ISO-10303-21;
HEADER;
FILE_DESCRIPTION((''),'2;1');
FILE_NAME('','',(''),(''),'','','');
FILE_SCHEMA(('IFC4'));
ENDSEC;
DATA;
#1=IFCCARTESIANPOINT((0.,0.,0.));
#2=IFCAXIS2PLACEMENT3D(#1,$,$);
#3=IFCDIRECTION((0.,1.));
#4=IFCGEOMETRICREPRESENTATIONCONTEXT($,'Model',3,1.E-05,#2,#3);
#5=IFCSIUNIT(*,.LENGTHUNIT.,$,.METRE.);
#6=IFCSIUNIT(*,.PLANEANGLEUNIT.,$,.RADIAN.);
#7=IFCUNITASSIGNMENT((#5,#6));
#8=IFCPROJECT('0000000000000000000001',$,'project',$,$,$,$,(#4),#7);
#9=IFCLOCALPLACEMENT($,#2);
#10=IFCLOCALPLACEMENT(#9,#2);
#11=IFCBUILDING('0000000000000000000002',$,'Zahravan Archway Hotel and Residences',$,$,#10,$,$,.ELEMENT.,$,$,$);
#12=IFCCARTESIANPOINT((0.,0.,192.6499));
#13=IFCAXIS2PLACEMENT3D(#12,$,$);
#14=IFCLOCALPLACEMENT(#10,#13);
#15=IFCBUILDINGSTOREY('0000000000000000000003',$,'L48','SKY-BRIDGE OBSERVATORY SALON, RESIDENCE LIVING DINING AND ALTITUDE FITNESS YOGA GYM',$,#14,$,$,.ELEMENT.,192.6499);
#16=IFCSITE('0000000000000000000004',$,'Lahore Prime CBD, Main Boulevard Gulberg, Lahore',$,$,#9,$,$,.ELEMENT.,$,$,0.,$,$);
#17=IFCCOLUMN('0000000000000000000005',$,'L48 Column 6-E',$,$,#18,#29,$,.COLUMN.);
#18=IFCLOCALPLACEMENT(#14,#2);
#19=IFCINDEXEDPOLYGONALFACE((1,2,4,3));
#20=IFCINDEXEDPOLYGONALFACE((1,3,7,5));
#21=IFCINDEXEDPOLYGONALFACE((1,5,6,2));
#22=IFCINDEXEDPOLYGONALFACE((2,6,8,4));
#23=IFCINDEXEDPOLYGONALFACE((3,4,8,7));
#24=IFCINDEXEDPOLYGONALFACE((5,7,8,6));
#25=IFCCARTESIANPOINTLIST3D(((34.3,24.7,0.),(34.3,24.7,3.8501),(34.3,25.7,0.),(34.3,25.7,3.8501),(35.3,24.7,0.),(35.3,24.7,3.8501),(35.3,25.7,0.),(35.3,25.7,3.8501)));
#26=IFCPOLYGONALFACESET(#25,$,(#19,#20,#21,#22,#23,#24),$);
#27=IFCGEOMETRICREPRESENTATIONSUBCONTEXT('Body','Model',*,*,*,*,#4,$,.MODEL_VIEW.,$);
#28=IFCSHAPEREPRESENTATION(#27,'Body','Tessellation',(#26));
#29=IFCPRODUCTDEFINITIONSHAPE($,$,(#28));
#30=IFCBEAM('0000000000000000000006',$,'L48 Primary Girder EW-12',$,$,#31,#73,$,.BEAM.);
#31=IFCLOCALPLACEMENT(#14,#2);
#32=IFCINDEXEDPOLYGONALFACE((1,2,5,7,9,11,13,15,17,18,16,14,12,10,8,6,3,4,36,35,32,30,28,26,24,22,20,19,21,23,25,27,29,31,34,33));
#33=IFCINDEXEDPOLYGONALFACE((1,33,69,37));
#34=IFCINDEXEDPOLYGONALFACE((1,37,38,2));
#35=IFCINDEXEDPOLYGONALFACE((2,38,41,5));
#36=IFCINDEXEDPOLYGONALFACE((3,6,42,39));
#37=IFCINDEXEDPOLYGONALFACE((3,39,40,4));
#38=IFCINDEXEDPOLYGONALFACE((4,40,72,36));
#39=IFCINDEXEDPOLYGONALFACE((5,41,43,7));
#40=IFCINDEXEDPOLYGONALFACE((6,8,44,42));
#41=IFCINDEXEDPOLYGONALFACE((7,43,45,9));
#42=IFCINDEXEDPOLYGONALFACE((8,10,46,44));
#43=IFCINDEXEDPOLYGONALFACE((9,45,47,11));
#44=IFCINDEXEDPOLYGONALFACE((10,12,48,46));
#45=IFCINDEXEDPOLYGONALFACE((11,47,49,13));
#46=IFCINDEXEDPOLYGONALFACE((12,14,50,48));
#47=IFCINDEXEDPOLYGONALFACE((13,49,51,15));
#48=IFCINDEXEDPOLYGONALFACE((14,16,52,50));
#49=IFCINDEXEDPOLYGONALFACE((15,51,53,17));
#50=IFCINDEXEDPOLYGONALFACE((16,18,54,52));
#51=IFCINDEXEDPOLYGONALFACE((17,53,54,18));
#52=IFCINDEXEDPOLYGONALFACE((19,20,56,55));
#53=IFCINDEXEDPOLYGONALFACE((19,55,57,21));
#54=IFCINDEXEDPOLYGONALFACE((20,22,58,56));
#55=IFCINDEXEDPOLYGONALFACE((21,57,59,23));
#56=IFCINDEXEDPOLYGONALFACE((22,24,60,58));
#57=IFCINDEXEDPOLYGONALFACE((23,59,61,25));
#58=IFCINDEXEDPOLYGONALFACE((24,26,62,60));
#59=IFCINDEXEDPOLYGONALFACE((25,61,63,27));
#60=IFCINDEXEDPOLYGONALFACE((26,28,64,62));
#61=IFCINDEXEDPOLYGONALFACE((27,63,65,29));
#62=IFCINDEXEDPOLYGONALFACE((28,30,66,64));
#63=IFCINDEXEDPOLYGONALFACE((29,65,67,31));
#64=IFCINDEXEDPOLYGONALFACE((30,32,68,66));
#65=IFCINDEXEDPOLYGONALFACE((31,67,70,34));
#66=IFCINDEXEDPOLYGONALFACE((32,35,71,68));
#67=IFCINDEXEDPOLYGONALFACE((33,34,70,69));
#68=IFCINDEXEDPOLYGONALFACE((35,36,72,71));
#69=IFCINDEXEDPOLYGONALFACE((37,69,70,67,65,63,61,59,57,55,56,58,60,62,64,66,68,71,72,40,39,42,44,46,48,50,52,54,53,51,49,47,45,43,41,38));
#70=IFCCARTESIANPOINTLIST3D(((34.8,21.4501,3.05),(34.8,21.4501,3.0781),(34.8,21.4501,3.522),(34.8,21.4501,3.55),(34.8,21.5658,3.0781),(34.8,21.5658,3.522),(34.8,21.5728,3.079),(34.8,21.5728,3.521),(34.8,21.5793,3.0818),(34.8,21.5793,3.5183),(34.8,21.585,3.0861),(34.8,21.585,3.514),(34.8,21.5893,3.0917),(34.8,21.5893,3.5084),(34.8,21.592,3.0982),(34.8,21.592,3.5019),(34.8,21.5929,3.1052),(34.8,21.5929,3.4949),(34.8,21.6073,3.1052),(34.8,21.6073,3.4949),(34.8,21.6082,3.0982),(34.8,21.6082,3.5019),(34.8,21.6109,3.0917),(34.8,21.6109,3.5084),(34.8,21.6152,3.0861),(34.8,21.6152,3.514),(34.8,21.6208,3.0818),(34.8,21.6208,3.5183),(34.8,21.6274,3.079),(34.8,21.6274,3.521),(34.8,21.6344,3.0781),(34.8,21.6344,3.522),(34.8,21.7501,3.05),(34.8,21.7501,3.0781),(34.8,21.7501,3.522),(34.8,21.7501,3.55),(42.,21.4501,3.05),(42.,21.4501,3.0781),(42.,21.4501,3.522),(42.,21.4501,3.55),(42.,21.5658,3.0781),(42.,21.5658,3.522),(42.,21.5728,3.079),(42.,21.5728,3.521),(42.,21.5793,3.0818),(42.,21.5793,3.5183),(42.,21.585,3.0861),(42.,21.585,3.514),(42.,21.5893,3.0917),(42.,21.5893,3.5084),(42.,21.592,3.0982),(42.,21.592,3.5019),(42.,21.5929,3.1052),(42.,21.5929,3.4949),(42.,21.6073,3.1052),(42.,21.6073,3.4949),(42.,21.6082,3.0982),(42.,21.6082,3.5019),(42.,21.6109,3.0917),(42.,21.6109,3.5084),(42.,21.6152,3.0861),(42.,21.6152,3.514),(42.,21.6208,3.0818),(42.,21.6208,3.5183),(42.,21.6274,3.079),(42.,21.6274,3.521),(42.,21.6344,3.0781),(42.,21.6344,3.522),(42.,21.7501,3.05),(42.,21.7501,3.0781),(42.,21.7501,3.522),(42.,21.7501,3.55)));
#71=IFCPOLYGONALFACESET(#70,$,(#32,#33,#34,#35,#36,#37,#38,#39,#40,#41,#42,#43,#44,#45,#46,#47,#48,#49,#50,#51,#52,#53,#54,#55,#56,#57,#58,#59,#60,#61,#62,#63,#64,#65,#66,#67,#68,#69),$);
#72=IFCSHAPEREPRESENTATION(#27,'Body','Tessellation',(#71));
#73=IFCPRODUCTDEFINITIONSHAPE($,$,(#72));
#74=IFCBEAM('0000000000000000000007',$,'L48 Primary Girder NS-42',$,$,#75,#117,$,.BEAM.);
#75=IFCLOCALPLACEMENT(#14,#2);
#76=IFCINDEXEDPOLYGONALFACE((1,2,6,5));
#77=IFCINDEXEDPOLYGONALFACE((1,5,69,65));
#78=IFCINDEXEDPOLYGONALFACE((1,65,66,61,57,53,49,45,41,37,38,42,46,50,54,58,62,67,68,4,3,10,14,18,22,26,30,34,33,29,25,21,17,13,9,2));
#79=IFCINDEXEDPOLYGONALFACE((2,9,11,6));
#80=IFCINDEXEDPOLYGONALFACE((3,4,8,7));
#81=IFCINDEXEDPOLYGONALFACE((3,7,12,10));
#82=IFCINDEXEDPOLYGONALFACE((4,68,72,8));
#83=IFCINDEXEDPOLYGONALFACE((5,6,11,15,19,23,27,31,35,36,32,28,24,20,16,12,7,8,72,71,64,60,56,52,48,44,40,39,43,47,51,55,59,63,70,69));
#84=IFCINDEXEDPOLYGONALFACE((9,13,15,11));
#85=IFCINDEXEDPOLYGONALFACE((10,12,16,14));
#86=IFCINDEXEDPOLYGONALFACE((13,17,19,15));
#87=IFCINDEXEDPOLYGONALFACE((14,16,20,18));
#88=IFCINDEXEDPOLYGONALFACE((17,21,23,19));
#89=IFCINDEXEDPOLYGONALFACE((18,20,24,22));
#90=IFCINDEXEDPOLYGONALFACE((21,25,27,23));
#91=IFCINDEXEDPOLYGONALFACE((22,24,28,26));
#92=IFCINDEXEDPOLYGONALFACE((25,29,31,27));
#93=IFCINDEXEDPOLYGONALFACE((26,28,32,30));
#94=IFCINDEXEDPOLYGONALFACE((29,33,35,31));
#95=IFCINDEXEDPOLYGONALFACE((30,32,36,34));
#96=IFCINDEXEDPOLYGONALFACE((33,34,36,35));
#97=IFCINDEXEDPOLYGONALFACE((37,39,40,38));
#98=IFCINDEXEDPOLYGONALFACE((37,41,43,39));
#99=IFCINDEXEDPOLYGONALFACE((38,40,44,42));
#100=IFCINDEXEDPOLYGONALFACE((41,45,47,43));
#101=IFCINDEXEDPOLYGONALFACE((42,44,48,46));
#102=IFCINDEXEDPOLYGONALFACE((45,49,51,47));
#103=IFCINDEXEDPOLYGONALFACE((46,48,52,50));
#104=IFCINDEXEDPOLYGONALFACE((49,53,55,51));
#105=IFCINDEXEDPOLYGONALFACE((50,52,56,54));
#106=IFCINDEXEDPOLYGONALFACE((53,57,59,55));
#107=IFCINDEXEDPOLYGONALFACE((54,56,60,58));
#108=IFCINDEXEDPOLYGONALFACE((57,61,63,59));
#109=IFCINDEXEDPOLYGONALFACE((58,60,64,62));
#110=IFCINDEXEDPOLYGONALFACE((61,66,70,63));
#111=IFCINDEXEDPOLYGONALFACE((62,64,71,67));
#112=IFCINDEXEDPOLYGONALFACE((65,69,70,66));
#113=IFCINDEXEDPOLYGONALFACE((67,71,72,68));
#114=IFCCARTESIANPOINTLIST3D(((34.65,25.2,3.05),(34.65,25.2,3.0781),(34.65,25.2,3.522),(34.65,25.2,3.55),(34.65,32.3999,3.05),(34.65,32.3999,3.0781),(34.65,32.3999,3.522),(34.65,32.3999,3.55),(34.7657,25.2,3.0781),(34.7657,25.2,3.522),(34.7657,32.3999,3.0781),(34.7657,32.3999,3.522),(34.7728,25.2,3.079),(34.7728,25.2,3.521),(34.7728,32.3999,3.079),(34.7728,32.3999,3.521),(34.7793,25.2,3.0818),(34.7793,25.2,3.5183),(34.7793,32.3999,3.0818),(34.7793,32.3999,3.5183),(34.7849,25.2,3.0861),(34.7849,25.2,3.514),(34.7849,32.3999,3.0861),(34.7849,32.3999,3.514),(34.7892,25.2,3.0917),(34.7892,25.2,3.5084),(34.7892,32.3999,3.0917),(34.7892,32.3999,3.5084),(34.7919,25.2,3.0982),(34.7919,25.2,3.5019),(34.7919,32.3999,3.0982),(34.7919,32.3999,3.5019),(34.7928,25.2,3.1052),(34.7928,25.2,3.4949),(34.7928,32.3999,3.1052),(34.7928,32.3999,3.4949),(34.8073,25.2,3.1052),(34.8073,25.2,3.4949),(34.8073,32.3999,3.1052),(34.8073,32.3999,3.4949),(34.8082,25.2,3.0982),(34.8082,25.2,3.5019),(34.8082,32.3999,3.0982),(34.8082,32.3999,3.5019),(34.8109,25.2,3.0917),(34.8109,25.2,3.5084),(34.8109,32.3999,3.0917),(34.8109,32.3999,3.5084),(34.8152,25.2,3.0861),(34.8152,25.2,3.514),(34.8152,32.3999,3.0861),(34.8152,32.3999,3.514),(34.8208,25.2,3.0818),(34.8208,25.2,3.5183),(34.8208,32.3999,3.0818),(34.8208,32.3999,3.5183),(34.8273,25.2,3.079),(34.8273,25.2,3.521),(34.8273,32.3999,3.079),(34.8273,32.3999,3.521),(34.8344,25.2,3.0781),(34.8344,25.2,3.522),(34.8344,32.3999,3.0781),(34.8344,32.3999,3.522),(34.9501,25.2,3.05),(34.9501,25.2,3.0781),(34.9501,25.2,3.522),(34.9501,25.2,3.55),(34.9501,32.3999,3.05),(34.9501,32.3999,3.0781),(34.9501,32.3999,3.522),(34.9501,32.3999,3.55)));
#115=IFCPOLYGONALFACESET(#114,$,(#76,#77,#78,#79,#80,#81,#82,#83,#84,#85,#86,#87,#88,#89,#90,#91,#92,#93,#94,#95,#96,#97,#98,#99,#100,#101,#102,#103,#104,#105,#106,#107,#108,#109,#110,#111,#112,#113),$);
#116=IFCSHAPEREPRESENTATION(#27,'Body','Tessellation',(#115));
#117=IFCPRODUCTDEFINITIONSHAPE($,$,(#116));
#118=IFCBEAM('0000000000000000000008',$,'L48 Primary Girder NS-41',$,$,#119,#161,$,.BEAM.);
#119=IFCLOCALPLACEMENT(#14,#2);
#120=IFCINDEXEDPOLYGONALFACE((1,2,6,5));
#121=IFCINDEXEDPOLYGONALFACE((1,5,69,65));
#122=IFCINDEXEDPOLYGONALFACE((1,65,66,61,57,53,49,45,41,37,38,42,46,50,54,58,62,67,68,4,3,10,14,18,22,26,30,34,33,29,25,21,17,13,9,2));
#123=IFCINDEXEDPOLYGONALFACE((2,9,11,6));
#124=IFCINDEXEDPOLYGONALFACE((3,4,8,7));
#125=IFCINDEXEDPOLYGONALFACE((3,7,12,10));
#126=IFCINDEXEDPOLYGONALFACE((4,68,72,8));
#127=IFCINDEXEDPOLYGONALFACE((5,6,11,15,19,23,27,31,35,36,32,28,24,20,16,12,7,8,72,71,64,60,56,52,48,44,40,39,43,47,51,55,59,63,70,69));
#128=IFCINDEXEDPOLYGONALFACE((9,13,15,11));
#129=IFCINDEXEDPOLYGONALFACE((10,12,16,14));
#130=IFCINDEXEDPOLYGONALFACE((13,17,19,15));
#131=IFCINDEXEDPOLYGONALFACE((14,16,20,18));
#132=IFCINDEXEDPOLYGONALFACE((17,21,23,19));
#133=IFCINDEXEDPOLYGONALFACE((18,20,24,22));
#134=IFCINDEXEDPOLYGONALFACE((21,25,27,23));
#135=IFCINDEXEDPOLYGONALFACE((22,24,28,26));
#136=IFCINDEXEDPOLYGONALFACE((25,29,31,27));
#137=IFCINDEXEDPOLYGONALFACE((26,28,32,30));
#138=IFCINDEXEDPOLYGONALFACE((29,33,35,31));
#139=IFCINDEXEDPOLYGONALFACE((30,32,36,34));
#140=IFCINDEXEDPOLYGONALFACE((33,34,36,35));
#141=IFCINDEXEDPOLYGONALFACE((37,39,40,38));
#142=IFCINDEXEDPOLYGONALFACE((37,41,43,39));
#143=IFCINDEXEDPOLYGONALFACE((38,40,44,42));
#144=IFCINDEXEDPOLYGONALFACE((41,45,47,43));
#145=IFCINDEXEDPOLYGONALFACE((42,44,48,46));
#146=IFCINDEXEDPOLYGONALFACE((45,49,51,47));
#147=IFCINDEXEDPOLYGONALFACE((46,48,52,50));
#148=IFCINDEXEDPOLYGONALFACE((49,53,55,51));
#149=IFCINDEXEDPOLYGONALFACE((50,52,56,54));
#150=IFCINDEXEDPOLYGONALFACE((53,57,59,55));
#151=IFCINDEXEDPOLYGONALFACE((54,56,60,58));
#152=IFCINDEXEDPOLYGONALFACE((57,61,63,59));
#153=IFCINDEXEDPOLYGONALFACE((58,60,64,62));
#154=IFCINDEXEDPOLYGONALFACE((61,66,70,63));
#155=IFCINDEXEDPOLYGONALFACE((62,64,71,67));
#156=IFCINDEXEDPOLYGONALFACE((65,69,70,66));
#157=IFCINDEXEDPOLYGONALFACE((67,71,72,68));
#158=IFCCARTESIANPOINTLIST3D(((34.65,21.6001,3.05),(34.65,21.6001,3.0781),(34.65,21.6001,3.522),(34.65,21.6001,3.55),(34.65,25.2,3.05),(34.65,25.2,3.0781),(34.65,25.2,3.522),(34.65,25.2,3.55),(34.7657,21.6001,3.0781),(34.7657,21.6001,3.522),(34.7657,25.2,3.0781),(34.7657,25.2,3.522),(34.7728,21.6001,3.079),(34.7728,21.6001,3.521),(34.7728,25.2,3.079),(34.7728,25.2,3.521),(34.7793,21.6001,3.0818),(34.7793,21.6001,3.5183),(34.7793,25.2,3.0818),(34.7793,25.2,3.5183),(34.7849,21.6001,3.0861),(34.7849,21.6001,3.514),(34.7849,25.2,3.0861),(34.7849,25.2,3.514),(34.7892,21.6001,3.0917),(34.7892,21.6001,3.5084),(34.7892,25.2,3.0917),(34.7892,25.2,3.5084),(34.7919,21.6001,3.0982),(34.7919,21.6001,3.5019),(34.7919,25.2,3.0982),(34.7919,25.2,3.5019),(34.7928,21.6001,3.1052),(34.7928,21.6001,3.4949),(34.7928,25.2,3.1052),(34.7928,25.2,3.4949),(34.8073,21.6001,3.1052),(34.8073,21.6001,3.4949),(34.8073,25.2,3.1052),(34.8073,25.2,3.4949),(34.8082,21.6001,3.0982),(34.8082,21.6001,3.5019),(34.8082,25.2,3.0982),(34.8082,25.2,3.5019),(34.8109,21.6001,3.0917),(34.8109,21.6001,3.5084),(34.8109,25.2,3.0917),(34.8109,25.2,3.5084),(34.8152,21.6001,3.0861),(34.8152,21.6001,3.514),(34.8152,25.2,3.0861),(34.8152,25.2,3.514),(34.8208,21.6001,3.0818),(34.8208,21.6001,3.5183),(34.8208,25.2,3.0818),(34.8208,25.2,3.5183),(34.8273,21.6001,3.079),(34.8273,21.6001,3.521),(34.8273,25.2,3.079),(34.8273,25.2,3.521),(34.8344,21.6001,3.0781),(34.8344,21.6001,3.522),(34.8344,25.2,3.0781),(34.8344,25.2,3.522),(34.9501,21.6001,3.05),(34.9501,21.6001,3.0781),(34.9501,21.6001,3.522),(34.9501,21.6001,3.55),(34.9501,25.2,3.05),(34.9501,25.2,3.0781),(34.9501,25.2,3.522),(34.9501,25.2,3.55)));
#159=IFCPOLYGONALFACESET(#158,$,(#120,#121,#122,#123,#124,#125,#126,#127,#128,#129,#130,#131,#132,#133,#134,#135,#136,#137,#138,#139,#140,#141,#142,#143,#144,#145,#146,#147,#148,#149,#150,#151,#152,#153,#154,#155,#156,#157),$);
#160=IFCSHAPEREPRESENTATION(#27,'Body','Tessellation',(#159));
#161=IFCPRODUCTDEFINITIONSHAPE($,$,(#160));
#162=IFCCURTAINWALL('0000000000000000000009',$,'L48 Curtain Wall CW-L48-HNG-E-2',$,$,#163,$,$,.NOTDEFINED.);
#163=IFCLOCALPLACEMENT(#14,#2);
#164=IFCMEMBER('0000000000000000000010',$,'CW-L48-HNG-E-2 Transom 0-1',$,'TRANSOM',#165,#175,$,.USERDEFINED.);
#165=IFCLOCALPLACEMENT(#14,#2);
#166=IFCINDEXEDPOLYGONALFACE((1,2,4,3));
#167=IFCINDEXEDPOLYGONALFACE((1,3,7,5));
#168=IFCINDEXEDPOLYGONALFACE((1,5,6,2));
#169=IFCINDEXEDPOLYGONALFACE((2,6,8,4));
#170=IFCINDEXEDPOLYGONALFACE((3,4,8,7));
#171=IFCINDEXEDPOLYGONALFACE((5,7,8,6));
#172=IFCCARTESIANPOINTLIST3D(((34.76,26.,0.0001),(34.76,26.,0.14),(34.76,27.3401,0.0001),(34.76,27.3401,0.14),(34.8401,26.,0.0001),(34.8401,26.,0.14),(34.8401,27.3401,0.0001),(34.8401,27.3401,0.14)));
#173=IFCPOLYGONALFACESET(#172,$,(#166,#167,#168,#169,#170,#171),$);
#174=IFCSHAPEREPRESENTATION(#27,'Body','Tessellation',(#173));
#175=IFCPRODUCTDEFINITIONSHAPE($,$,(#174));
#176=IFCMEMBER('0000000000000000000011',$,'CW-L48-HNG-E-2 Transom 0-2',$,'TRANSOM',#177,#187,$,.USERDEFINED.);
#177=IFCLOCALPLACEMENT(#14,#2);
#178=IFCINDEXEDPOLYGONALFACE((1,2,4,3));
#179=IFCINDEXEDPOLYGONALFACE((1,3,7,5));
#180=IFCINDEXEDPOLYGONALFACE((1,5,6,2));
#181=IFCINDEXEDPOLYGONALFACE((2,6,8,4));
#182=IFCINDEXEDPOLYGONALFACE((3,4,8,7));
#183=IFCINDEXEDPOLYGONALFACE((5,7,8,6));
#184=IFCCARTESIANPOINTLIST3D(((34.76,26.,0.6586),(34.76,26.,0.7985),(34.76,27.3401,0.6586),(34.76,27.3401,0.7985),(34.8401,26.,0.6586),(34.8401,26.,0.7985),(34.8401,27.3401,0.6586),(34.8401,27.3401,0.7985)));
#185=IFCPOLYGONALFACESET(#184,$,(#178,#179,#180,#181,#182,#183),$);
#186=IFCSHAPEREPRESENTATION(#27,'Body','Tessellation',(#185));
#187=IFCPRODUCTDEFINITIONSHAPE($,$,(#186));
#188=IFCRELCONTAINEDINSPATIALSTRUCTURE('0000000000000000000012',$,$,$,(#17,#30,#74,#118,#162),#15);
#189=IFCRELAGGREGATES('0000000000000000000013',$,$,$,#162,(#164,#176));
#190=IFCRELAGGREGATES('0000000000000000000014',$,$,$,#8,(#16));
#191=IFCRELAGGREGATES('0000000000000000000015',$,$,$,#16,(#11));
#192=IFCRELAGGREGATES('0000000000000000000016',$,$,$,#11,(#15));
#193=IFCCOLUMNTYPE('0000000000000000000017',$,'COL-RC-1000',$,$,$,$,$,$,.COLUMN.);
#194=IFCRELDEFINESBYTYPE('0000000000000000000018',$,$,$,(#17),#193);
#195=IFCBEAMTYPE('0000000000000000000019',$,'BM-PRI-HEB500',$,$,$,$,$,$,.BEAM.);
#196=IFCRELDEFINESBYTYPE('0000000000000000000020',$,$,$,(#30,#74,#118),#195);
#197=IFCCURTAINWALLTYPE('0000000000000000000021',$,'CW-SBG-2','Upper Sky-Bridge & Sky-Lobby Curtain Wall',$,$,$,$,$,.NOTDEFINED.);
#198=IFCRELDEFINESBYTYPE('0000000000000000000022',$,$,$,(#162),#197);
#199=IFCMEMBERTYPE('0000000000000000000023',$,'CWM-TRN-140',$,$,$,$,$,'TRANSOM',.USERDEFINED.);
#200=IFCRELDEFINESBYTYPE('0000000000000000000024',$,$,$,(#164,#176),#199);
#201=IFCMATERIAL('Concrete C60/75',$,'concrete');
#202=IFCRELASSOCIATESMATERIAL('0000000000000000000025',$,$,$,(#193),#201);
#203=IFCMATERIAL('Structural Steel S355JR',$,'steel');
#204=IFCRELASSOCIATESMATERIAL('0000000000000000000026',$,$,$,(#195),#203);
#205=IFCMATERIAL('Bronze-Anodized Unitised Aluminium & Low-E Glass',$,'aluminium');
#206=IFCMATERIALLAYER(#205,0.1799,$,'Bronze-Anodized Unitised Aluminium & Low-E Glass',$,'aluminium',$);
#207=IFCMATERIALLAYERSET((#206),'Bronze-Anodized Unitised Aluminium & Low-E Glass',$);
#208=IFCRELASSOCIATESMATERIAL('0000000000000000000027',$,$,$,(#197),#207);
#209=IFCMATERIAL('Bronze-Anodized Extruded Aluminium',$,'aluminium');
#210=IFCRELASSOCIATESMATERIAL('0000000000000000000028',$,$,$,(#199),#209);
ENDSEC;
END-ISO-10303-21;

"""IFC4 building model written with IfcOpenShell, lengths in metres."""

from ifc_helpers import new_model, si_unit, direction, frame, origin, origin_2d, place, context, subcontext, project, spatial, rectangle, i_section, extrude, source, transform, mapped, material, layer, layer_set, material_profile, profile_set, type_object, element, aggregate, save


model = new_model("IFC4")

# Units and contexts
model_context = context("Model", 3, precision=1e-05, world=origin(), true_north=direction((0.0, 1.0)))
body_context = subcontext(model_context, "Body", "Model", "MODEL_VIEW")
ifc_project = project(units=[si_unit("LENGTHUNIT", "METRE"), si_unit("PLANEANGLEUNIT", "RADIAN")], contexts=[model_context])

# Site, building, storey
site_placement = place(None, origin())
site = spatial("IfcSite", under=ifc_project, at=site_placement, Name="Lahore Prime CBD, Main Boulevard Gulberg, Lahore", CompositionType="ELEMENT", RefElevation=0.0)
building_placement = place(site_placement, origin())
building = spatial("IfcBuilding", under=site, at=building_placement, Name="Zahravan Archway Hotel and Residences", CompositionType="ELEMENT")
storey_placement = place(building_placement, frame((0.0, 0.0, 192.6499)))
storey = spatial("IfcBuildingStorey", under=building, at=storey_placement, Name="L48", Description="SKY-BRIDGE OBSERVATORY SALON, RESIDENCE LIVING DINING AND ALTITUDE FITNESS YOGA GYM", CompositionType="ELEMENT", Elevation=192.6499)

# Column
ifc_material_1 = material(Name="Concrete C60/75", Category="concrete")
ifc_material_profile_1 = material_profile(ifc_material_1, rectangle(XDim=1.0, YDim=1.0, at=origin_2d()), Name="RC-COL-1000x1000", Category="concrete")
ifc_profile_set_1 = profile_set([ifc_material_profile_1], Name="Concrete C60/75")
column_type = type_object("IfcColumnType", Name="COL-RC-1000", PredefinedType="COLUMN", material=ifc_profile_set_1)
shared_shape_1 = source(origin(), body_context, "Body", "SweptSolid", [
    extrude(rectangle(XDim=1.0, YDim=1.0, at=origin_2d()), origin(), (0.0, 0.0, 1.0), 3.8501),
])
column_placement = place(storey_placement, frame((34.8, 25.2, 0.0), z_axis=(0.0, 0.0, 1.0), x_axis=(1.0, 0.0, 0.0)))
element("IfcColumn", 1, at=column_placement, inside=storey, type_object=column_type, Name="L48 Column 6-E", PredefinedType="COLUMN", context=body_context, shape_type="MappedRepresentation", body=[
    mapped(shared_shape_1, transform((0.0, 0.0, 0.0), scale=1.0)),
])

# Beams
ifc_material_2 = material(Name="Structural Steel S355JR", Category="steel")
ifc_material_profile_2 = material_profile(ifc_material_2, i_section(OverallWidth=0.3, OverallDepth=0.5, WebThickness=0.0144, FlangeThickness=0.0281, FilletRadius=0.0271, at=origin_2d()), Name="HEB 500", Category="steel")
ifc_profile_set_2 = profile_set([ifc_material_profile_2], Name="Structural Steel S355JR")
beam_type = type_object("IfcBeamType", Name="BM-PRI-HEB500", PredefinedType="BEAM", material=ifc_profile_set_2)
shared_shape_2 = source(origin(), body_context, "Body", "SweptSolid", [
    extrude(i_section(OverallWidth=0.3, OverallDepth=0.5, WebThickness=0.0144, FlangeThickness=0.0281, FilletRadius=0.0271, at=origin_2d()), origin(), (0.0, 0.0, 1.0), 7.2),
])
for number, where, z_axis, x_axis, name in (
    (2, (34.8, 21.6001, 3.3), (1.0, 0.0, 0.0), (0.0, 1.0, 0.0), "L48 Primary Girder EW-12"),
    (3, (34.8, 25.2, 3.3), (0.0, 1.0, 0.0), (-1.0, 0.0, 0.0), "L48 Primary Girder NS-42"),
):
    element("IfcBeam", number, at=place(storey_placement, frame(where, z_axis=z_axis, x_axis=x_axis)), inside=storey, type_object=beam_type, Name=name, PredefinedType="BEAM", context=body_context, shape_type="MappedRepresentation", body=[
        mapped(shared_shape_2, transform((0.0, 0.0, 0.0), scale=1.0)),
    ])
shared_shape_3 = source(origin(), body_context, "Body", "SweptSolid", [
    extrude(i_section(OverallWidth=0.3, OverallDepth=0.5, WebThickness=0.0144, FlangeThickness=0.0281, FilletRadius=0.0271, at=origin_2d()), origin(), (0.0, 0.0, 1.0), 3.5999),
])
beam_placement = place(storey_placement, frame((34.8, 21.6001, 3.3), z_axis=(0.0, 1.0, 0.0), x_axis=(-1.0, 0.0, 0.0)))
element("IfcBeam", 4, at=beam_placement, inside=storey, type_object=beam_type, Name="L48 Primary Girder NS-41", PredefinedType="BEAM", context=body_context, shape_type="MappedRepresentation", body=[
    mapped(shared_shape_3, transform((0.0, 0.0, 0.0), scale=1.0)),
])

# Curtain wall, members
ifc_material_3 = material(Name="Bronze-Anodized Unitised Aluminium & Low-E Glass", Category="aluminium")
ifc_layer_1 = layer(ifc_material_3, 0.1799, Name="Bronze-Anodized Unitised Aluminium & Low-E Glass", Category="aluminium")
ifc_layer_set_1 = layer_set([ifc_layer_1], Name="Bronze-Anodized Unitised Aluminium & Low-E Glass")
curtain_wall_type = type_object("IfcCurtainWallType", Name="CW-SBG-2", Description="Upper Sky-Bridge & Sky-Lobby Curtain Wall", PredefinedType="NOTDEFINED", material=ifc_layer_set_1)
curtain_wall_1_placement = place(storey_placement, origin())
curtain_wall_1 = element("IfcCurtainWall", 5, at=curtain_wall_1_placement, inside=storey, type_object=curtain_wall_type, Name="L48 Curtain Wall CW-L48-HNG-E-2", PredefinedType="NOTDEFINED")
ifc_material_4 = material(Name="Bronze-Anodized Extruded Aluminium", Category="aluminium")
ifc_material_profile_3 = material_profile(ifc_material_4, rectangle(XDim=0.0801, YDim=0.1399, at=origin_2d()), Name="TRN 80x140", Category="aluminium")
ifc_profile_set_3 = profile_set([ifc_material_profile_3], Name="Bronze-Anodized Extruded Aluminium")
member_type_1 = type_object("IfcMemberType", Name="CWM-TRN-140", ElementType="TRANSOM", PredefinedType="USERDEFINED", material=ifc_profile_set_3)
shared_shape_4 = source(origin(), body_context, "Body", "SweptSolid", [
    extrude(rectangle(XDim=0.0801, YDim=0.1399, at=origin_2d()), origin(), (0.0, 0.0, 1.0), 1.3401),
])
member_1_placement = place(storey_placement, frame((34.8, 26.0, 0.0701), z_axis=(0.0, 1.0, 0.0), x_axis=(-1.0, 0.0, 0.0)))
member_1 = element("IfcMember", 6, at=member_1_placement, type_object=member_type_1, Name="CW-L48-HNG-E-2 Transom 0-1", ObjectType="TRANSOM", PredefinedType="USERDEFINED", context=body_context, shape_type="MappedRepresentation", body=[
    mapped(shared_shape_4, transform((0.0, 0.0, 0.0), scale=1.0)),
])
member_2_placement = place(storey_placement, frame((34.8, 26.0, 0.7285), z_axis=(0.0, 1.0, 0.0), x_axis=(-1.0, 0.0, 0.0)))
member_2 = element("IfcMember", 7, at=member_2_placement, type_object=member_type_1, Name="CW-L48-HNG-E-2 Transom 0-2", ObjectType="TRANSOM", PredefinedType="USERDEFINED", context=body_context, shape_type="MappedRepresentation", body=[
    mapped(shared_shape_4, transform((0.0, 0.0, 0.0), scale=1.0)),
])

aggregate(curtain_wall_1, [member_1, member_2])

save(model, "model.ifc")
